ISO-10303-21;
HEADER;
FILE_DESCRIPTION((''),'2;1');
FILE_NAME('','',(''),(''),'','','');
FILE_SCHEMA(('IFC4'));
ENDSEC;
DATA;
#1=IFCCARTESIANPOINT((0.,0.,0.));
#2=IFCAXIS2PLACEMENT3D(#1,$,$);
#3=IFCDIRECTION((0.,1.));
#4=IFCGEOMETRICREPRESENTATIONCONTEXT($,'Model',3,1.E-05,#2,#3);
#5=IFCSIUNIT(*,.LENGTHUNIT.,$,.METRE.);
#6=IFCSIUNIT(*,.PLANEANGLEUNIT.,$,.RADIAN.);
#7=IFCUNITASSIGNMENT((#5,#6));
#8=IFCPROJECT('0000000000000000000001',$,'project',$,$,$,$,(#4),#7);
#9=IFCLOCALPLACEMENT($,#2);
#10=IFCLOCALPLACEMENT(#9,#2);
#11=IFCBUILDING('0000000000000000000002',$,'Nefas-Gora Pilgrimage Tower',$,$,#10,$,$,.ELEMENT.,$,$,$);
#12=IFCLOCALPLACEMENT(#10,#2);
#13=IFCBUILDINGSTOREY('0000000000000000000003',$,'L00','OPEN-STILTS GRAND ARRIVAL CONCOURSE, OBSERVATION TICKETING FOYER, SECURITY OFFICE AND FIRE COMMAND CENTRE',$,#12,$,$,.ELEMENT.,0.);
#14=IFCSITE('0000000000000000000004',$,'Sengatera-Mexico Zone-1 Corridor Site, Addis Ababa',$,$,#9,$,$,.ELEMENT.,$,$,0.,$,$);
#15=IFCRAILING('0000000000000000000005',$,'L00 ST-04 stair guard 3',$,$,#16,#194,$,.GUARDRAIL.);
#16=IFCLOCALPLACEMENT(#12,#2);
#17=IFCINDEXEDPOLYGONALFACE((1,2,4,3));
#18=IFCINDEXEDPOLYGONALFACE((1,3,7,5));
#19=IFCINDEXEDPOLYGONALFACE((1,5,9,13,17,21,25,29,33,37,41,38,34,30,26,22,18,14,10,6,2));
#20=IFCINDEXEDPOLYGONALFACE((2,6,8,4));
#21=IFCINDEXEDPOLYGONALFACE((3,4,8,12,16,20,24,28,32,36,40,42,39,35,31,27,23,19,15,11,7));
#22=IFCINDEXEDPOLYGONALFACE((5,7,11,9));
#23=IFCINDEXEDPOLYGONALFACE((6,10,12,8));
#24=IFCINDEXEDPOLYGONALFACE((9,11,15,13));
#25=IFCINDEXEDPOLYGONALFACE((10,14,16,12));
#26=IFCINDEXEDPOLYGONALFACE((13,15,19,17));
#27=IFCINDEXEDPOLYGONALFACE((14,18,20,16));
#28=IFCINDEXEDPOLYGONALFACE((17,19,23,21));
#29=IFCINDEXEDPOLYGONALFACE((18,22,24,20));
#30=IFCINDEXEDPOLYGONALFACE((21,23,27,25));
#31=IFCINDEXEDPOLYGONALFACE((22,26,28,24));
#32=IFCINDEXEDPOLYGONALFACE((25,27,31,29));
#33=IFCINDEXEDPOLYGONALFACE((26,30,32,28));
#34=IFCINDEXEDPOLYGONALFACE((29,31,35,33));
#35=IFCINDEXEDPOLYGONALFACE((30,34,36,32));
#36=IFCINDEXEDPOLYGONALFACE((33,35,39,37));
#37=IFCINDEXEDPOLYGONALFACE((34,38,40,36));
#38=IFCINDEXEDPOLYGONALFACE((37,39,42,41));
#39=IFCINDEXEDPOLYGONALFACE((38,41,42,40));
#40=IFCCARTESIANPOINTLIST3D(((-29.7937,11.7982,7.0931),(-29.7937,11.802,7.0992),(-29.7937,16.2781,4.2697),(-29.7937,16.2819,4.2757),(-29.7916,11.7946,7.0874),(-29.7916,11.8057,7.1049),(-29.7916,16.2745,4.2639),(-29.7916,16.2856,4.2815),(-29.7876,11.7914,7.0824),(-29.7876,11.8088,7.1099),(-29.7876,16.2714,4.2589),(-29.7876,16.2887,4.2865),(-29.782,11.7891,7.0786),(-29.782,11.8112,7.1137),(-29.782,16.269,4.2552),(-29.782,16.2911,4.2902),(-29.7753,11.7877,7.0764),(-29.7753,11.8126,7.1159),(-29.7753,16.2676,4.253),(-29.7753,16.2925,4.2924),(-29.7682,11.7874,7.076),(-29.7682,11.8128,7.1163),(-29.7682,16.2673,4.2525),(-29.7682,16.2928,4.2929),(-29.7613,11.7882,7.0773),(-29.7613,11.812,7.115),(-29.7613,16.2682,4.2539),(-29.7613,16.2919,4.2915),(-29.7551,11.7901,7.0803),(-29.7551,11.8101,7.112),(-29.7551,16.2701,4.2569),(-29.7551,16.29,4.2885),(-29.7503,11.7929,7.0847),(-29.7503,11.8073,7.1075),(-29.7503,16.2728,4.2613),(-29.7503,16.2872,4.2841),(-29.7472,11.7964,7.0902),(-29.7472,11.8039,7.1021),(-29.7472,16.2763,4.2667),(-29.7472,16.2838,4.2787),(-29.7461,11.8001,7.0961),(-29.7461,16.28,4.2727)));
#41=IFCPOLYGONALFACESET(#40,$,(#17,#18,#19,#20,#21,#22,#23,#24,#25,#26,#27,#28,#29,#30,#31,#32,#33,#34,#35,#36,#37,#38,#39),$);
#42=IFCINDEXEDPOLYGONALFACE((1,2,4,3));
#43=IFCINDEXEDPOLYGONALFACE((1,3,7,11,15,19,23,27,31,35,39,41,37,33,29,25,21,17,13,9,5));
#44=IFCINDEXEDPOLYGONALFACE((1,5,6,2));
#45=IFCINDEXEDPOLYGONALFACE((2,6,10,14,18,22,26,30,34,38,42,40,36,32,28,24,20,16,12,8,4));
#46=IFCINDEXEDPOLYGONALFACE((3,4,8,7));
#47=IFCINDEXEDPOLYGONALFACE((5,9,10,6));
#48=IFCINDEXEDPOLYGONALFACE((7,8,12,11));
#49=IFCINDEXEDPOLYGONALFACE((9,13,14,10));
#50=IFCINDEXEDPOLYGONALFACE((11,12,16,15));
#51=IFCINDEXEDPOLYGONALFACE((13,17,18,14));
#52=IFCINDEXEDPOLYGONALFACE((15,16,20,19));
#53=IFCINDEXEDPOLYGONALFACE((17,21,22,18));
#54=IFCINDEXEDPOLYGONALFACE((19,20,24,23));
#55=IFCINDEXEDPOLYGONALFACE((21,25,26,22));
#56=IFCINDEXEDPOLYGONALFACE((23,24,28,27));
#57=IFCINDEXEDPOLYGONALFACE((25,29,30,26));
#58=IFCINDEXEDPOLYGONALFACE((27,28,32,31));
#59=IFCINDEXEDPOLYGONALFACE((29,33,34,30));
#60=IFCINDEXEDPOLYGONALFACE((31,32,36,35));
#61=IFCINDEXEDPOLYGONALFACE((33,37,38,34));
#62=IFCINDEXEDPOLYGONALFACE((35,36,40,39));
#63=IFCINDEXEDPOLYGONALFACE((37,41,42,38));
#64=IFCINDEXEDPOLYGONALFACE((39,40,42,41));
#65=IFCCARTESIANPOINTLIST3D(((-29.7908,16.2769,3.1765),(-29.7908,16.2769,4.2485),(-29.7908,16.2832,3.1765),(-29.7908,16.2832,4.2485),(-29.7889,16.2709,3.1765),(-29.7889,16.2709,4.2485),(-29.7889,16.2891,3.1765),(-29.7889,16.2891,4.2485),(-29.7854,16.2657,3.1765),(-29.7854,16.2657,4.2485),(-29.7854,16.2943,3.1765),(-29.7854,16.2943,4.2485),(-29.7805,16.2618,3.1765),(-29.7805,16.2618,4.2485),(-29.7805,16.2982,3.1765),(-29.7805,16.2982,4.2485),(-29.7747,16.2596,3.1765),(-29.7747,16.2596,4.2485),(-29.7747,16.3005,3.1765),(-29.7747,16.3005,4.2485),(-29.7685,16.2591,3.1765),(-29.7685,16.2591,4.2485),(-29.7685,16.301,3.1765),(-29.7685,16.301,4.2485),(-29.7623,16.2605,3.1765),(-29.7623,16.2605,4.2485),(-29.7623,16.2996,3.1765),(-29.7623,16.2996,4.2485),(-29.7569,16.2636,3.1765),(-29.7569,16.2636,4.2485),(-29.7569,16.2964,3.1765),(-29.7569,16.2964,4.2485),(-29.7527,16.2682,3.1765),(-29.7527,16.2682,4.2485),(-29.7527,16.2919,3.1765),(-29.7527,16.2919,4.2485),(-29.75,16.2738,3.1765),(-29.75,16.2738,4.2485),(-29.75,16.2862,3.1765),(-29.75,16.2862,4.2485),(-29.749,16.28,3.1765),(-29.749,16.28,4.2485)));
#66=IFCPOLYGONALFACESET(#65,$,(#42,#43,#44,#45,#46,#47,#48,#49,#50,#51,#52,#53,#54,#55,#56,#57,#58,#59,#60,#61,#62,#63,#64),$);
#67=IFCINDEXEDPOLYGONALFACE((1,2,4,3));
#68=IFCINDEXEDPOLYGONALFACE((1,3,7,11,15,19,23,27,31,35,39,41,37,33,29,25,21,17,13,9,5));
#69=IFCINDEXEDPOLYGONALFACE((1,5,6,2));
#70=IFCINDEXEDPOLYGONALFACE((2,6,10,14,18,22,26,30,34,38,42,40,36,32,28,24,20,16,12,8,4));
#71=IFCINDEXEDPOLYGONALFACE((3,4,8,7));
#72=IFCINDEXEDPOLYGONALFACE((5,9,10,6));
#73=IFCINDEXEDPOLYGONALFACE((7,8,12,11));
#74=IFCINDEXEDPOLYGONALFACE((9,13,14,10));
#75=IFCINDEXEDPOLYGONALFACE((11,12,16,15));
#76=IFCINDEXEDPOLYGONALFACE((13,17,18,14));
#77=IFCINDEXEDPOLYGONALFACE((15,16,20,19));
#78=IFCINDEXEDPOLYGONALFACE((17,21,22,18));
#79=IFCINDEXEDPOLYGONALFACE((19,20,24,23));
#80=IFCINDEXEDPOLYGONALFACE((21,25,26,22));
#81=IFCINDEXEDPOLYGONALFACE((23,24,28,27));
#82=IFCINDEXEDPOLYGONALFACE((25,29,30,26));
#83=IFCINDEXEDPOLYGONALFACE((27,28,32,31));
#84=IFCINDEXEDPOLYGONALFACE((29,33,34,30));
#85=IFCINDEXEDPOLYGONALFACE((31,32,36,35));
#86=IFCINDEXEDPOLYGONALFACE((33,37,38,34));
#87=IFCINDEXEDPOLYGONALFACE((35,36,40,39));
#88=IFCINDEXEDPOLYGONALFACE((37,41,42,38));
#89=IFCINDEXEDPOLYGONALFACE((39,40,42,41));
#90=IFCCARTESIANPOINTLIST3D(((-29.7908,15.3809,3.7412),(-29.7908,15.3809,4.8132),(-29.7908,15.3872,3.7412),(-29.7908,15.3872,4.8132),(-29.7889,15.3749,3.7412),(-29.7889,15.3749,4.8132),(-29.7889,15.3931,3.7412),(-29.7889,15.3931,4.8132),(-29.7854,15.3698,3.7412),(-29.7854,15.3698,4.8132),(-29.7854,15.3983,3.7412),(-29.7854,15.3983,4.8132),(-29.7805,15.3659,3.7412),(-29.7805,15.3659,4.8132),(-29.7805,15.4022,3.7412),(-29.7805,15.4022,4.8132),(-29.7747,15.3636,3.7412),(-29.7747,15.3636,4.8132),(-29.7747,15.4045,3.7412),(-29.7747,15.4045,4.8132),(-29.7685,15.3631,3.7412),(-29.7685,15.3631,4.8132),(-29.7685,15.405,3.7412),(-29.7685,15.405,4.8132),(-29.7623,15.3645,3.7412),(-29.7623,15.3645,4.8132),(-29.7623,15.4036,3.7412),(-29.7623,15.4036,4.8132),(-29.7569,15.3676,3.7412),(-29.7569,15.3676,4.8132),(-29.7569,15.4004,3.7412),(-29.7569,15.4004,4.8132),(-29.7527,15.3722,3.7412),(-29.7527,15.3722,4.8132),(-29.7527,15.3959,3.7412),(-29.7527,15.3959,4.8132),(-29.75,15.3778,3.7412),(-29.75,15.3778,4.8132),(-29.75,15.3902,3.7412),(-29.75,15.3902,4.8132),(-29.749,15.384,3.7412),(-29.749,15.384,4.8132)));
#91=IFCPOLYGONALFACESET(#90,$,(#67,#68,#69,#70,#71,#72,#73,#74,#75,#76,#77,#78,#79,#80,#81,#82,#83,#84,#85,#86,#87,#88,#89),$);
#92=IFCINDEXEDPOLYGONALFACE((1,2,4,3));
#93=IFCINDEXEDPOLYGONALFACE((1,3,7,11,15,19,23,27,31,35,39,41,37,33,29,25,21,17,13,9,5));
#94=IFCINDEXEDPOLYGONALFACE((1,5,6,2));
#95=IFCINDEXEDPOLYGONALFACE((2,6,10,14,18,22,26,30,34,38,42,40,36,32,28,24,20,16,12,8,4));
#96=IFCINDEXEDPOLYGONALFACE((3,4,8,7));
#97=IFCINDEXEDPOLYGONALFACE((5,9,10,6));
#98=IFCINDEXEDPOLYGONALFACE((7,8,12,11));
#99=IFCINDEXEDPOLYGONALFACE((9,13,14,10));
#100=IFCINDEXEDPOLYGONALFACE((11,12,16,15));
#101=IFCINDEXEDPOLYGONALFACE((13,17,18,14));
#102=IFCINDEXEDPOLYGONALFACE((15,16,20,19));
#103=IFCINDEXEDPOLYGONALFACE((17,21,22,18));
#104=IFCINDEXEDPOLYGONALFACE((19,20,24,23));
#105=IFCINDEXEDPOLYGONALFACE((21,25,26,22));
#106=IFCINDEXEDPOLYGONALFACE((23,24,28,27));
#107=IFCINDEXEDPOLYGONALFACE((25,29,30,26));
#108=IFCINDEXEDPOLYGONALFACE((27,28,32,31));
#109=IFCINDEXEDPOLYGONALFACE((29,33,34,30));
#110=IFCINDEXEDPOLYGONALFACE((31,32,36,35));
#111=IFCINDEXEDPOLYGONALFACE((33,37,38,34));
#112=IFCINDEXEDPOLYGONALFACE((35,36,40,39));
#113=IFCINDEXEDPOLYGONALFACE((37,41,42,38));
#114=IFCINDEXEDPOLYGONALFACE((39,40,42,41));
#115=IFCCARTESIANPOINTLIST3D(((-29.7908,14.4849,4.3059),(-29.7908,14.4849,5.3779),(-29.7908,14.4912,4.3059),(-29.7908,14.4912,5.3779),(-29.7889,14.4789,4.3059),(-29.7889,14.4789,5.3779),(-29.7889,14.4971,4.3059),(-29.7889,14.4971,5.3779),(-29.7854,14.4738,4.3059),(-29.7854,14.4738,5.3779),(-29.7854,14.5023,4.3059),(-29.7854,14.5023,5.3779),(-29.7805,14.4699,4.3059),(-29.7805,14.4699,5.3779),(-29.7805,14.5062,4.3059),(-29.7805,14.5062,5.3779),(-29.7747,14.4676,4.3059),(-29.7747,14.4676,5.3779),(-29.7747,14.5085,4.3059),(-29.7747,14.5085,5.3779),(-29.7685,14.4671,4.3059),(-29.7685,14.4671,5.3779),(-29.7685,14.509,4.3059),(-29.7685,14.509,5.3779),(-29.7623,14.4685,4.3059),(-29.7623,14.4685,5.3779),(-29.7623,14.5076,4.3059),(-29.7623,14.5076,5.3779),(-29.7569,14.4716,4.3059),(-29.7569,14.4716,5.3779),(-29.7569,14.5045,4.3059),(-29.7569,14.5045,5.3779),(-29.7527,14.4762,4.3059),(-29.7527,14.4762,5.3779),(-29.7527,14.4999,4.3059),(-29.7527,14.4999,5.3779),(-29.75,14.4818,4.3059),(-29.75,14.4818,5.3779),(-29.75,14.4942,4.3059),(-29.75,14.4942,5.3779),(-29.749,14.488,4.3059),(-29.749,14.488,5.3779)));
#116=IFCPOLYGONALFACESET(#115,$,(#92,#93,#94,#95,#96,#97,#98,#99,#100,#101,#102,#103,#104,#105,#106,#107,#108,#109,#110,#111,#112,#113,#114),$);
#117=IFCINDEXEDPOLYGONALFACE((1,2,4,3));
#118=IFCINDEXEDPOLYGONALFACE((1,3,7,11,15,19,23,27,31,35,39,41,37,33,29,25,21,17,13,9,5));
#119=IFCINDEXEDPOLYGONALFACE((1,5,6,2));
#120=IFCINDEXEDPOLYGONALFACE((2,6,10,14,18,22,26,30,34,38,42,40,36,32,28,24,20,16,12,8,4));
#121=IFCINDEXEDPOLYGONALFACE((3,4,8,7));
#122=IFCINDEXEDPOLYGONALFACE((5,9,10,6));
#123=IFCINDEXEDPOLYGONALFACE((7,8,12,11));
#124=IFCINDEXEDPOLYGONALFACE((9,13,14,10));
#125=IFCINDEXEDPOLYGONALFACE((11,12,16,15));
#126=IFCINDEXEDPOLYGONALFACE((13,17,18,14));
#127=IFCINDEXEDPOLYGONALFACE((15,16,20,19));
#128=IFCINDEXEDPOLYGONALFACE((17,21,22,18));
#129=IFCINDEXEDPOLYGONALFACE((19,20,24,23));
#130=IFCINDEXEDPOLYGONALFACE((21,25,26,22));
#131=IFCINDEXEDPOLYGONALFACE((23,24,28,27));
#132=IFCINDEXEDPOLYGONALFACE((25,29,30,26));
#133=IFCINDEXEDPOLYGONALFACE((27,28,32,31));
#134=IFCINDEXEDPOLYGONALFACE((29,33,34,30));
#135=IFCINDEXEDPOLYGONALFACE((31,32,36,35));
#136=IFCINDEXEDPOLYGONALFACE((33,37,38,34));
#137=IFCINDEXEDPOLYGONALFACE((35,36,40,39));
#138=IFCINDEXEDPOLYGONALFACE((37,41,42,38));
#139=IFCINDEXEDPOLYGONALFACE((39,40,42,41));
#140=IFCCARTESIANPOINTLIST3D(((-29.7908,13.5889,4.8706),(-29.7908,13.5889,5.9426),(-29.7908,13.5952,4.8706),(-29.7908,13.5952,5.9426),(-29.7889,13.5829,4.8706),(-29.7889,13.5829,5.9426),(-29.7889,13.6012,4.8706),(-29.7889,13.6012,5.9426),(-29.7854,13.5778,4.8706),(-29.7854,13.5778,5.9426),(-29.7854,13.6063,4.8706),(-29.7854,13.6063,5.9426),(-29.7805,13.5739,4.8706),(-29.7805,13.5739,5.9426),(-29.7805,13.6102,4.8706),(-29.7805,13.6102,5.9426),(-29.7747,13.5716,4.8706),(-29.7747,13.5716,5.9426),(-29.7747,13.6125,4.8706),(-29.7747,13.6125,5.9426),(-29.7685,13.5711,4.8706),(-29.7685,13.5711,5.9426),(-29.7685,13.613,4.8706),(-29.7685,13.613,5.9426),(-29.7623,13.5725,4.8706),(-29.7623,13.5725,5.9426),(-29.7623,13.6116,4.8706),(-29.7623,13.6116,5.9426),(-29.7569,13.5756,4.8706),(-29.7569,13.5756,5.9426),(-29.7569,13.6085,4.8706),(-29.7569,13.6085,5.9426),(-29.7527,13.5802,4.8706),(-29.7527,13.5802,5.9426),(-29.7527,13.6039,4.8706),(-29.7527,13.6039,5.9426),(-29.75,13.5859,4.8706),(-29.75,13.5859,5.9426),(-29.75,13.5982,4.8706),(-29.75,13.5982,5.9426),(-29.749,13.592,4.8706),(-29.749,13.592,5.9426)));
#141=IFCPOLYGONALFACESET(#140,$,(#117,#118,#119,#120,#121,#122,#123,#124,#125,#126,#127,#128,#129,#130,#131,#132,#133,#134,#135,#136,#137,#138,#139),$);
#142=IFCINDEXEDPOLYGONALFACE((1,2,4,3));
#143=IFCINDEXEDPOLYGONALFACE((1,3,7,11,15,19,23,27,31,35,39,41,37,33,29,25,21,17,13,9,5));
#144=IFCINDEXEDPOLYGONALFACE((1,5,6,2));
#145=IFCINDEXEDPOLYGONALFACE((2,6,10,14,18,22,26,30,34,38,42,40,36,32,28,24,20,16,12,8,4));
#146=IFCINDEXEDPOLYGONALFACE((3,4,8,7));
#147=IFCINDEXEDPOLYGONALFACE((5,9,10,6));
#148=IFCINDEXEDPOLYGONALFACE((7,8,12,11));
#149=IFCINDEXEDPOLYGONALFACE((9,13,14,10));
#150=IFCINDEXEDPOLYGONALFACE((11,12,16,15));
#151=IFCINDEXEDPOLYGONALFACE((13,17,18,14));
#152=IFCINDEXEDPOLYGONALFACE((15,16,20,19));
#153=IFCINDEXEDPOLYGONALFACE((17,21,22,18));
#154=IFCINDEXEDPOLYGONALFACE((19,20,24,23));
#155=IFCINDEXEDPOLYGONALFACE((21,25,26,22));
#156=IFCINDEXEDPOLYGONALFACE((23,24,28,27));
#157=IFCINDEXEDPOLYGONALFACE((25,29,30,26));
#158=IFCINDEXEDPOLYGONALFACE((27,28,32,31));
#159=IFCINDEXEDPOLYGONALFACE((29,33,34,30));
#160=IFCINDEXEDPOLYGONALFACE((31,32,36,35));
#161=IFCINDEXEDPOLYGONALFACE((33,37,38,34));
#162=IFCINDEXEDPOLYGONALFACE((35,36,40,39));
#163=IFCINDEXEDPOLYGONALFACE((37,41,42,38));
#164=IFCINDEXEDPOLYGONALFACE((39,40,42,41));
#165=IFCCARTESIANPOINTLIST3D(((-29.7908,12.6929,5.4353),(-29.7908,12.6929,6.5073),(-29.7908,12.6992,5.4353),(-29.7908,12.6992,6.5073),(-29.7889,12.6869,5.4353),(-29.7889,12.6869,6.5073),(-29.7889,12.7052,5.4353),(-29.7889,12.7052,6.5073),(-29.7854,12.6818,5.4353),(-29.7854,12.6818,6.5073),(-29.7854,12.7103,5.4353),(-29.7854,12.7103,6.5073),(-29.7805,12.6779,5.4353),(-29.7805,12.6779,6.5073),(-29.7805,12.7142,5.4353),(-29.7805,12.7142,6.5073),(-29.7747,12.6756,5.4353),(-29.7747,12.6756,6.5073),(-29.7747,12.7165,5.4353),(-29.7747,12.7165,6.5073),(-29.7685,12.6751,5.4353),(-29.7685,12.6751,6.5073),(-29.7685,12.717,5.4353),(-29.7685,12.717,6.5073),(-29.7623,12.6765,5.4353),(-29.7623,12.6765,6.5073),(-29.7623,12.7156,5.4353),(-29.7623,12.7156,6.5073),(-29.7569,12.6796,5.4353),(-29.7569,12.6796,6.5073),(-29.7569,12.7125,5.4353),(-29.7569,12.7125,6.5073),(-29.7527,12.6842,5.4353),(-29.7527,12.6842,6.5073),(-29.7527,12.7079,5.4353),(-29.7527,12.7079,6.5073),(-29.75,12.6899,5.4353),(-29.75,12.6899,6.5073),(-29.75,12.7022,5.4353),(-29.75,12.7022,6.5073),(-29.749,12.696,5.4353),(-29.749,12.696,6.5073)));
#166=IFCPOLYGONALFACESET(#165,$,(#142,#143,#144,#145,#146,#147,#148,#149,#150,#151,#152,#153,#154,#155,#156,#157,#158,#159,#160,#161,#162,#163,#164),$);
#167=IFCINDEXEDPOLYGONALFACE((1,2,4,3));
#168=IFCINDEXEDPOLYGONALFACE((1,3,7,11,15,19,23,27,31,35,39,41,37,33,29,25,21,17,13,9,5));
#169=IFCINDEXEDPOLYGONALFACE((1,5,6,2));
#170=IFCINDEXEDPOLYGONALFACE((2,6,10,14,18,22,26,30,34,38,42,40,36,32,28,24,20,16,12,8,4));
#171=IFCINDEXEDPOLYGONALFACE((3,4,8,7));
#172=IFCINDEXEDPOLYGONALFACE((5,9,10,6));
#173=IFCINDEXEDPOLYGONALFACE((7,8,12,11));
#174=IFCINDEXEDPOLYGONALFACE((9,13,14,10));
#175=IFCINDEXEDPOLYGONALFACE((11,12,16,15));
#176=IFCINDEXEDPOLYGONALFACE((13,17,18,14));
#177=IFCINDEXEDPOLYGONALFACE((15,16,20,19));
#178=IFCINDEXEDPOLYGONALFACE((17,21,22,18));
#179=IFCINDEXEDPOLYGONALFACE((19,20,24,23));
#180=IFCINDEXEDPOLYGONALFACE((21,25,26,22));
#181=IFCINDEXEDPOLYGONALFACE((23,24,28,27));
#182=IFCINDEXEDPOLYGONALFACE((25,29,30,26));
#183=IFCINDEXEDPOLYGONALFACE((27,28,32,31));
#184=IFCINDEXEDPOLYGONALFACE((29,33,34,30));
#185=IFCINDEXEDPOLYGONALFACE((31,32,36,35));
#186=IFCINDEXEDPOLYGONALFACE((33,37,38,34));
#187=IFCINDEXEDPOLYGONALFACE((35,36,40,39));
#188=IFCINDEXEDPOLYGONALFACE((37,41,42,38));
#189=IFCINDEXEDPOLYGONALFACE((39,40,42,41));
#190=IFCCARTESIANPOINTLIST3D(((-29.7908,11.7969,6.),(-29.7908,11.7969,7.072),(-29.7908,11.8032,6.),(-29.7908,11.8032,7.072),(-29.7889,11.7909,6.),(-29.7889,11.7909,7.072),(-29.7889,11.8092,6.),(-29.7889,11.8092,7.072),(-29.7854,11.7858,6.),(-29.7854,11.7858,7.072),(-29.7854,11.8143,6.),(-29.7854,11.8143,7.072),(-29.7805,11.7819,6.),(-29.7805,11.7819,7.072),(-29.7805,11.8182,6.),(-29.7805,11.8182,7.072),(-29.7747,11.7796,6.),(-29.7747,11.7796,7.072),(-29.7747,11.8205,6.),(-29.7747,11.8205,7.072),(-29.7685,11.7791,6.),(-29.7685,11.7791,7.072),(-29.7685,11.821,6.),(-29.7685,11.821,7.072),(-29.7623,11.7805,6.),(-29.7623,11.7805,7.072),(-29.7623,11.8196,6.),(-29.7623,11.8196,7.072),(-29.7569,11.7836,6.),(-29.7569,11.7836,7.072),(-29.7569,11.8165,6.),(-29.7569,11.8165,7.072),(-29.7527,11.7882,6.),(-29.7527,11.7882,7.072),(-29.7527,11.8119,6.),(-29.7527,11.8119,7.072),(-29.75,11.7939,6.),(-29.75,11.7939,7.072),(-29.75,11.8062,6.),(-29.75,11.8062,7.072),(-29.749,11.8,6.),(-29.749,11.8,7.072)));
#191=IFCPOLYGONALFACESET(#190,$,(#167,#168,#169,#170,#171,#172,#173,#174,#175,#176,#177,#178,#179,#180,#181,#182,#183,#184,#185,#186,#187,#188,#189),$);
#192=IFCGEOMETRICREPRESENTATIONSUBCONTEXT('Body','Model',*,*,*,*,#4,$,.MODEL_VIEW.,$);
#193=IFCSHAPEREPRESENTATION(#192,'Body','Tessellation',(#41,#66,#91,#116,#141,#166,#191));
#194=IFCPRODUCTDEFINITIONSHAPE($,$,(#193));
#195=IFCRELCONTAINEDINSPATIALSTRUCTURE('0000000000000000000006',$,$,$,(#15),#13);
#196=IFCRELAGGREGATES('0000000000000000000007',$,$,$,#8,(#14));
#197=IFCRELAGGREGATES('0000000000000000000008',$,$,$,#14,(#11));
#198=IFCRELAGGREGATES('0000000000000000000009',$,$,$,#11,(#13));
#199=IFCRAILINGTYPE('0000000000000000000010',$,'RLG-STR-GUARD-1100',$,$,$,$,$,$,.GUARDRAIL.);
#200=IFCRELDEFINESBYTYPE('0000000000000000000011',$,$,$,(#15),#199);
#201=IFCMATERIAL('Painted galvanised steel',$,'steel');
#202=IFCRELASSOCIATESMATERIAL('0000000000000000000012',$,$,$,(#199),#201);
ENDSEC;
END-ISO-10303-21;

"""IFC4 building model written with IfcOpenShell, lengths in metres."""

from ifc_helpers import new_model, si_unit, direction, frame, origin, origin_2d, place, context, subcontext, project, spatial, circle, extrude, material, type_object, element, save


model = new_model("IFC4")

# Units and contexts
model_context = context("Model", 3, precision=1e-05, world=origin(), true_north=direction((0.0, 1.0)))
body_context = subcontext(model_context, "Body", "Model", "MODEL_VIEW")
ifc_project = project(units=[si_unit("LENGTHUNIT", "METRE"), si_unit("PLANEANGLEUNIT", "RADIAN")], contexts=[model_context])

# Site, building, storey
site_placement = place(None, origin())
site = spatial("IfcSite", under=ifc_project, at=site_placement, Name="Sengatera-Mexico Zone-1 Corridor Site, Addis Ababa", CompositionType="ELEMENT", RefElevation=0.0)
building_placement = place(site_placement, origin())
building = spatial("IfcBuilding", under=site, at=building_placement, Name="Nefas-Gora Pilgrimage Tower", CompositionType="ELEMENT")
storey_placement = place(building_placement, origin())
storey = spatial("IfcBuildingStorey", under=building, at=storey_placement, Name="L00", Description="OPEN-STILTS GRAND ARRIVAL CONCOURSE, OBSERVATION TICKETING FOYER, SECURITY OFFICE AND FIRE COMMAND CENTRE", CompositionType="ELEMENT", Elevation=0.0)

# Railing
ifc_material_1 = material(Name="Painted galvanised steel", Category="steel")
railing_type_1 = type_object("IfcRailingType", Name="RLG-STR-GUARD-1100", PredefinedType="GUARDRAIL", material=ifc_material_1)
railing_1_placement = place(storey_placement, frame((-29.77, 16.28, 3.1765)))
element("IfcRailing", 1, at=railing_1_placement, inside=storey, type_object=railing_type_1, Name="L00 ST-04 stair guard 3", PredefinedType="GUARDRAIL", context=body_context, shape_type="SweptSolid", body=[
    extrude(circle(Radius=0.0239, at=origin_2d()), frame((0.0, 0.0, 1.0962), z_axis=(0.0, -0.845998, 0.533186), x_axis=(1.0, 0.0, 0.0)), (0.0, 0.0, 1.0), 5.2954),
    extrude(circle(Radius=0.021, at=origin_2d()), origin(), (0.0, 0.0, 1.0), 1.072),
    extrude(circle(Radius=0.021, at=origin_2d()), frame((0.0, -0.896, 0.5647)), (0.0, 0.0, 1.0), 1.072),
    extrude(circle(Radius=0.021, at=origin_2d()), frame((0.0, -1.792, 1.1294)), (0.0, 0.0, 1.0), 1.072),
    extrude(circle(Radius=0.021, at=origin_2d()), frame((0.0, -2.688, 1.6941)), (0.0, 0.0, 1.0), 1.072),
    extrude(circle(Radius=0.021, at=origin_2d()), frame((0.0, -3.584, 2.2588)), (0.0, 0.0, 1.0), 1.072),
    extrude(circle(Radius=0.021, at=origin_2d()), frame((0.0, -4.48, 2.8235)), (0.0, 0.0, 1.0), 1.072),
])

save(model, "model.ifc")
